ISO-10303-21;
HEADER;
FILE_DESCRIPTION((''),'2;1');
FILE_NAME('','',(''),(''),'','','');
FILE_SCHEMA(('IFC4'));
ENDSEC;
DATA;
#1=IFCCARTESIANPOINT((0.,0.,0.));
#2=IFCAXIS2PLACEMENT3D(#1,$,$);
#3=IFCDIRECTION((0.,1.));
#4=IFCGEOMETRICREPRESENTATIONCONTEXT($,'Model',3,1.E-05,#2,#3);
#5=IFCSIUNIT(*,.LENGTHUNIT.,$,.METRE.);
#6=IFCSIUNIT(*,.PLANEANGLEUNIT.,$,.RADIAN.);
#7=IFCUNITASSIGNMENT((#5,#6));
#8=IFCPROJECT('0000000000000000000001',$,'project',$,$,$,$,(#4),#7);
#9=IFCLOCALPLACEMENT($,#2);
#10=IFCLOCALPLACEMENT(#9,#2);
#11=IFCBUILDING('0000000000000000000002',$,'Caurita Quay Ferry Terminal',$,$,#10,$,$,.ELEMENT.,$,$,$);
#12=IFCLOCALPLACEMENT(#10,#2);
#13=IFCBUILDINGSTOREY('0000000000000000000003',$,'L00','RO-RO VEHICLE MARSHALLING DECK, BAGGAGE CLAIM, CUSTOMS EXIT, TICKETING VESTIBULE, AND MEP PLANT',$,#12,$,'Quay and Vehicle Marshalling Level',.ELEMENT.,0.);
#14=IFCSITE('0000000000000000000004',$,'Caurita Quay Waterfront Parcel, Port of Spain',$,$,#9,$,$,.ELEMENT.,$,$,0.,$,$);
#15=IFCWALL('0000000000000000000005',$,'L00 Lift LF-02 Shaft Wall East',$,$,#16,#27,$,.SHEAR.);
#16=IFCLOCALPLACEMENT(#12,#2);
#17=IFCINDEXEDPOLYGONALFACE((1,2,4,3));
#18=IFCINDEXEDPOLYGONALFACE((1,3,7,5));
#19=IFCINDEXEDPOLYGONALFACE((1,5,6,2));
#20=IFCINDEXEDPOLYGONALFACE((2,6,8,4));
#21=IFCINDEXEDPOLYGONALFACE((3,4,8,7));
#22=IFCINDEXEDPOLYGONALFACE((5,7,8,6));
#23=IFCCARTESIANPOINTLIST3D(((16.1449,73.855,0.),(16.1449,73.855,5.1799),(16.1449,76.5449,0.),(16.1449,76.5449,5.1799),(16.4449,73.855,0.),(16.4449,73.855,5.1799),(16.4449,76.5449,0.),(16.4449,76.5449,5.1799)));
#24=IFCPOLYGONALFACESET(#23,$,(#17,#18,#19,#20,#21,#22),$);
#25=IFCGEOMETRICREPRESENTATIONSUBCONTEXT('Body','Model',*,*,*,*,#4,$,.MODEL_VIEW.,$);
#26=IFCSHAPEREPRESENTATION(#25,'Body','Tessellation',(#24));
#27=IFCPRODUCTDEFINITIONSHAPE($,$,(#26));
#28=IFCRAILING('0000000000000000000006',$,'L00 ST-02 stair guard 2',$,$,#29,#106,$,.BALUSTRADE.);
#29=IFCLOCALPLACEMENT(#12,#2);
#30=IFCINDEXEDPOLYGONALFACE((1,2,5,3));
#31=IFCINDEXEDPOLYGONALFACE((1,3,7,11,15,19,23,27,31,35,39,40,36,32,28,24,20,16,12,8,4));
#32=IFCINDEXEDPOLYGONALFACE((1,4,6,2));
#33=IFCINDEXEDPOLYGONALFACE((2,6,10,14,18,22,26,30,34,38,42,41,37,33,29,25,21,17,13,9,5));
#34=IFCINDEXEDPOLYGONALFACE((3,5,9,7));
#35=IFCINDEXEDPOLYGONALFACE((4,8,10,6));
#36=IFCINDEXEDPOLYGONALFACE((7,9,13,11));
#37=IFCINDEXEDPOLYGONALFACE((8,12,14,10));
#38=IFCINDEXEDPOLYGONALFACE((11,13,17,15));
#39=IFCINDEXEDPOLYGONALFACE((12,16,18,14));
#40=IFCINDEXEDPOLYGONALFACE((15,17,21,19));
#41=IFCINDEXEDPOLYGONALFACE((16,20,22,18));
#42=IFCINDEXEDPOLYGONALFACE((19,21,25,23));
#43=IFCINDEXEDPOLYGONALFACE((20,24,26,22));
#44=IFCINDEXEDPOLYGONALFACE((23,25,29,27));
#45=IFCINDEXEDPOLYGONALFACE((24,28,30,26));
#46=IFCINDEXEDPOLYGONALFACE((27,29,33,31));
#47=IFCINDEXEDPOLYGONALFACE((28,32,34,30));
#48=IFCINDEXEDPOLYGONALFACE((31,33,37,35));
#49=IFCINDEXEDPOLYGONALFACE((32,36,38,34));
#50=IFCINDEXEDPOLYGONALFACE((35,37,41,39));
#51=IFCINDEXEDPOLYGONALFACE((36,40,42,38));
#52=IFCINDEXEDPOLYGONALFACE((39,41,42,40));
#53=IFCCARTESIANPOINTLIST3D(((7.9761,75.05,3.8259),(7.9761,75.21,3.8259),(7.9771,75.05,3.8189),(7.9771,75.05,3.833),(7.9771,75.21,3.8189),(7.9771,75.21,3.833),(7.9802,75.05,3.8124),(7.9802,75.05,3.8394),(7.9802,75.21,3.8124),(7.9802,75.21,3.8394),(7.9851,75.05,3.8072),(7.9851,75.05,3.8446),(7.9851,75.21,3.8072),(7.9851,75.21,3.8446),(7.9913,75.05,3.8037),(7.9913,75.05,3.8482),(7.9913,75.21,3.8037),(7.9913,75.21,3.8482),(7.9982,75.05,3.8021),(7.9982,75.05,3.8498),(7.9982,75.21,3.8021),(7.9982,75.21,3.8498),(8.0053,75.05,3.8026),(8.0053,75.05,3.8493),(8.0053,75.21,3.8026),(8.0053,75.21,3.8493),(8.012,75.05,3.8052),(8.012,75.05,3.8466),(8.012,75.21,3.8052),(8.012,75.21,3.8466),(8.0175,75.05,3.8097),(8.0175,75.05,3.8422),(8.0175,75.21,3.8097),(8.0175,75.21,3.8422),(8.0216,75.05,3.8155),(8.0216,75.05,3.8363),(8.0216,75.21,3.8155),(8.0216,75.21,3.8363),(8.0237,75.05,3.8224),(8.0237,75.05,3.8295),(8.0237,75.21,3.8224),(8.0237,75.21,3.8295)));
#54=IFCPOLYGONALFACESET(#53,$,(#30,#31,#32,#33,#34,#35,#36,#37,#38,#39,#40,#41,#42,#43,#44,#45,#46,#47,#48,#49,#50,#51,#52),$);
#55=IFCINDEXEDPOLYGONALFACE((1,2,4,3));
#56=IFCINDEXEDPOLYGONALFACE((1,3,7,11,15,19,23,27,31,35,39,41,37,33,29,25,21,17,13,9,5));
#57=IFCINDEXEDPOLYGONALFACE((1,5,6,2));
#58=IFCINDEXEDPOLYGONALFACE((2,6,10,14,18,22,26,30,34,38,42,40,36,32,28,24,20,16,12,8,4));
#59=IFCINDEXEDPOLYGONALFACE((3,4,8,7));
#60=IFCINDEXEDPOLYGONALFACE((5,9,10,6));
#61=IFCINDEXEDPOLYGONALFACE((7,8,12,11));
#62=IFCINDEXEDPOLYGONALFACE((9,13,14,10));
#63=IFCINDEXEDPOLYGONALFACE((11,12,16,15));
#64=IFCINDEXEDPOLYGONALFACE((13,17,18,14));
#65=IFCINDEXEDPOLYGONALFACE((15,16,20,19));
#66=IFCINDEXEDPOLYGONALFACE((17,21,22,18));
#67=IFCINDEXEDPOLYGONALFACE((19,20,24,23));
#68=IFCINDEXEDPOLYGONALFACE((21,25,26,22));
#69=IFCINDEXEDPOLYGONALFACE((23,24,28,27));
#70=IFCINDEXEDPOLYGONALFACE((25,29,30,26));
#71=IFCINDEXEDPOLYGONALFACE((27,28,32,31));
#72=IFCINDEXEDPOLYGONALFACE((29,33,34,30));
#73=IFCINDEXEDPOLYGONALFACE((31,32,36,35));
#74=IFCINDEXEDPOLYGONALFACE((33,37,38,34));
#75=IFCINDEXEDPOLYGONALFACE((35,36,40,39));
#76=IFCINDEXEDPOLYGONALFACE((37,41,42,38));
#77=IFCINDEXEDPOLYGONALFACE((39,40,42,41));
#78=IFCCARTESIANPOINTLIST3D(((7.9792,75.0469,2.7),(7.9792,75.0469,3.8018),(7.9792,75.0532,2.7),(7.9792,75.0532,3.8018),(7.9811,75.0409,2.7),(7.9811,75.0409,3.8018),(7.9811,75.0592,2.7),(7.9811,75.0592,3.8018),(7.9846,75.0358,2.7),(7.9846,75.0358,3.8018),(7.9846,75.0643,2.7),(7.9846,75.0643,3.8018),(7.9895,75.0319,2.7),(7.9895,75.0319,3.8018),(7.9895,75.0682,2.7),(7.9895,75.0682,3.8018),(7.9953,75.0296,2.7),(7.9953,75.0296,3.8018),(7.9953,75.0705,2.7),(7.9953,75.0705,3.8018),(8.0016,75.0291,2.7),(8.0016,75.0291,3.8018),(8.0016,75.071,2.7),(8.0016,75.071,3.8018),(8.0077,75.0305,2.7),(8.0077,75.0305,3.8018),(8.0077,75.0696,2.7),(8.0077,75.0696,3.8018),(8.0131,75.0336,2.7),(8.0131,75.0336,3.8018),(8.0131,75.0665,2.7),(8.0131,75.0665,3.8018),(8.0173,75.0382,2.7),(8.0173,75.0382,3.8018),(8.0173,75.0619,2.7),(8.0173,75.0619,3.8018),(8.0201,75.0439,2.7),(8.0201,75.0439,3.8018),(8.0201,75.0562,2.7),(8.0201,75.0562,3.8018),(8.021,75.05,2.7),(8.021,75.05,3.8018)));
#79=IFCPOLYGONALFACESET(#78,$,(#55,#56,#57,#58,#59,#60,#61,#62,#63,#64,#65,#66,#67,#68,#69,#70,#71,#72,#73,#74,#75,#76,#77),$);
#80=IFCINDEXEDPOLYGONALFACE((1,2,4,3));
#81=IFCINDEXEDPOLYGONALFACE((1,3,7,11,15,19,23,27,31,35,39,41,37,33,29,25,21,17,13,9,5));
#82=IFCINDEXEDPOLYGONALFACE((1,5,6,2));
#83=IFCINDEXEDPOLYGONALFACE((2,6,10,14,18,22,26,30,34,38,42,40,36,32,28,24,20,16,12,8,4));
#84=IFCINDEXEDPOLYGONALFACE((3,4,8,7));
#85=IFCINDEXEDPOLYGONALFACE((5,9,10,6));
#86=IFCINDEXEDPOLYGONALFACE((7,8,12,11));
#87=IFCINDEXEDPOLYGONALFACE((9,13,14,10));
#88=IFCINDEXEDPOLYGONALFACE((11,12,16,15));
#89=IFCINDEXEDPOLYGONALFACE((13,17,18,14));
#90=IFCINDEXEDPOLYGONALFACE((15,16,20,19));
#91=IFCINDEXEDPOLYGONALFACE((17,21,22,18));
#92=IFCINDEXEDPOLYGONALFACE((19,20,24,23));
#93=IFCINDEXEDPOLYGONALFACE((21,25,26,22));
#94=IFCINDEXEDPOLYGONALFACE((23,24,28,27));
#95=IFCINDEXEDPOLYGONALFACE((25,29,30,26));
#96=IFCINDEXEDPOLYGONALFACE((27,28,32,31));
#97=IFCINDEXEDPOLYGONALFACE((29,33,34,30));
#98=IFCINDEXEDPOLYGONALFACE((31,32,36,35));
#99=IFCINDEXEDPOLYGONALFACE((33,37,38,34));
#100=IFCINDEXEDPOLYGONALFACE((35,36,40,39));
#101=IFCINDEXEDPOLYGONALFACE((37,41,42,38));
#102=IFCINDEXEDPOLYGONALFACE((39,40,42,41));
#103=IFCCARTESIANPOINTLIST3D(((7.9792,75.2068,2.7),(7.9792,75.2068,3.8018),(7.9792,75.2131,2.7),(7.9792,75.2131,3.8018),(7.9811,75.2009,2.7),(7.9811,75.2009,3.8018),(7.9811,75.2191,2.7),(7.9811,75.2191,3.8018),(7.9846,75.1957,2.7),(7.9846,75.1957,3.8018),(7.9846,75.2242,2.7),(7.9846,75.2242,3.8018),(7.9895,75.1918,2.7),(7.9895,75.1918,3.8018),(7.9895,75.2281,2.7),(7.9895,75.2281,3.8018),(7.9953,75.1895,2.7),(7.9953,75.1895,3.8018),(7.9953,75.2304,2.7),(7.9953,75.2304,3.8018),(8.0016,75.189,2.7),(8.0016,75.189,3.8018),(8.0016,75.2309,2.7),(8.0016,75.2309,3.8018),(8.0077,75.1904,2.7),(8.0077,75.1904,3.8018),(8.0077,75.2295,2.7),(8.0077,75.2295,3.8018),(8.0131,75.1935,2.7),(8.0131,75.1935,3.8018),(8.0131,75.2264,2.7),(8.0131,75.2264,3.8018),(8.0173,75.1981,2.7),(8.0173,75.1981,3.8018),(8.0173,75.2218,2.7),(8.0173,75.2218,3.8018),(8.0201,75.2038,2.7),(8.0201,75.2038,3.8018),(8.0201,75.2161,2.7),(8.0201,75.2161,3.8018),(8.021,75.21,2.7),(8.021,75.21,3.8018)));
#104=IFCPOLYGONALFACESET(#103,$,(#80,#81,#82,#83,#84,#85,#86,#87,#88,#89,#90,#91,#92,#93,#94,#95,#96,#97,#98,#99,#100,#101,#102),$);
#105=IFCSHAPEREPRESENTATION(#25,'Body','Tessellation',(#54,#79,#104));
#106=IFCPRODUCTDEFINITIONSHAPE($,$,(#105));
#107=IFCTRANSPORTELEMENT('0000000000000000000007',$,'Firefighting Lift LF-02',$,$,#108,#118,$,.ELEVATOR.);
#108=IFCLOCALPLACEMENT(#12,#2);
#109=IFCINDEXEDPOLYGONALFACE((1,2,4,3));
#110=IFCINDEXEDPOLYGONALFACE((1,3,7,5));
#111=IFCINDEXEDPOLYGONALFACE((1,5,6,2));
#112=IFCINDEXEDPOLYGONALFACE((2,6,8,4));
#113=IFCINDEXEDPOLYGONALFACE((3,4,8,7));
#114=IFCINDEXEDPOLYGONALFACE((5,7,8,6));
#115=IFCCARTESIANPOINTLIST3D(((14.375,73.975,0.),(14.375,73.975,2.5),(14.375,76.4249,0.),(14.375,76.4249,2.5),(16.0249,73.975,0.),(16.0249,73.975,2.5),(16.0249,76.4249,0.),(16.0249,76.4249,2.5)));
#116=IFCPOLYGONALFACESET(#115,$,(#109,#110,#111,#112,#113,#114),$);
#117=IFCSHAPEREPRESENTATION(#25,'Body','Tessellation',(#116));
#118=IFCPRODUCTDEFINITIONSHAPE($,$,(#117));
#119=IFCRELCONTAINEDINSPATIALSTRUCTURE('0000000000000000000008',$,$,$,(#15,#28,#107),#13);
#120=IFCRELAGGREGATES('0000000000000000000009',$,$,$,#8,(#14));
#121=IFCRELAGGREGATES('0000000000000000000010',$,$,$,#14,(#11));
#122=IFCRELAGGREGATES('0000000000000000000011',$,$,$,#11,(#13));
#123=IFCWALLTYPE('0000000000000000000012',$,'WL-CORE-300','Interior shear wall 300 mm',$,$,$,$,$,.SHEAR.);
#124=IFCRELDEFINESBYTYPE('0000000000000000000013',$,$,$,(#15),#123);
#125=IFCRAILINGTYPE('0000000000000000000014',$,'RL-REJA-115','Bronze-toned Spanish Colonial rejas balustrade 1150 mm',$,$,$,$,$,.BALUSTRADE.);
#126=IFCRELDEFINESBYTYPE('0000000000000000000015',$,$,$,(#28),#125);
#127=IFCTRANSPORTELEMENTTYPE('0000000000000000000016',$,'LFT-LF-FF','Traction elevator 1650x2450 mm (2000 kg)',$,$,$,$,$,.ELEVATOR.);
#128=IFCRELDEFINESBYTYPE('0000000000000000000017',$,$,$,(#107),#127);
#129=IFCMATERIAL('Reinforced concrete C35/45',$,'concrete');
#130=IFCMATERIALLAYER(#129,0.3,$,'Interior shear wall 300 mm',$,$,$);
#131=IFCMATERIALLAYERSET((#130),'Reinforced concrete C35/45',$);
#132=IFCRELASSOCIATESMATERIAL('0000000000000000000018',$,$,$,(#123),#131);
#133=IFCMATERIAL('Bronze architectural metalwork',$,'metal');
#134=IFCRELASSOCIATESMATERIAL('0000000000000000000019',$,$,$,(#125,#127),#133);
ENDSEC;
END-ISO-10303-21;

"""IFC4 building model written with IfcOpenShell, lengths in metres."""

from ifc_helpers import new_model, si_unit, direction, frame, frame_2d, origin, origin_2d, place, context, subcontext, project, spatial, rectangle, circle, extrude, material, layer, layer_set, type_object, element, save


model = new_model("IFC4")

# Units and contexts
model_context = context("Model", 3, precision=1e-05, world=origin(), true_north=direction((0.0, 1.0)))
body_context = subcontext(model_context, "Body", "Model", "MODEL_VIEW")
ifc_project = project(units=[si_unit("LENGTHUNIT", "METRE"), si_unit("PLANEANGLEUNIT", "RADIAN")], contexts=[model_context])

# Site, building, storey
site_placement = place(None, origin())
site = spatial("IfcSite", under=ifc_project, at=site_placement, Name="Caurita Quay Waterfront Parcel, Port of Spain", CompositionType="ELEMENT", RefElevation=0.0)
building_placement = place(site_placement, origin())
building = spatial("IfcBuilding", under=site, at=building_placement, Name="Caurita Quay Ferry Terminal", CompositionType="ELEMENT")
storey_placement = place(building_placement, origin())
storey = spatial("IfcBuildingStorey", under=building, at=storey_placement, Name="L00", Description="RO-RO VEHICLE MARSHALLING DECK, BAGGAGE CLAIM, CUSTOMS EXIT, TICKETING VESTIBULE, AND MEP PLANT", LongName="Quay and Vehicle Marshalling Level", CompositionType="ELEMENT", Elevation=0.0)

# Shared definitions
ifc_material_1 = material(Name="Reinforced concrete C35/45", Category="concrete")
ifc_layer_1 = layer(ifc_material_1, 0.3, Name="Interior shear wall 300 mm")
ifc_layer_set_1 = layer_set([ifc_layer_1], Name="Reinforced concrete C35/45")
wall_type_1 = type_object("IfcWallType", Name="WL-CORE-300", Description="Interior shear wall 300 mm", PredefinedType="SHEAR", material=ifc_layer_set_1)

# Shared definitions
ifc_material_2 = material(Name="Bronze architectural metalwork", Category="metal")

# Wall
for number, where, z_axis, x_axis, name in (
    (1, (16.2949, 73.855, 0.0), (0.0, 0.0, 1.0), (0.0, 1.0, 0.0), "L00 Lift LF-02 Shaft Wall East"),
):
    element("IfcWall", number, at=place(storey_placement, frame(where, z_axis=z_axis, x_axis=x_axis)), inside=storey, type_object=wall_type_1, Name=name, PredefinedType="SHEAR", context=body_context, shape_type="SweptSolid", body=[
        extrude(rectangle(XDim=2.6899, YDim=0.3, at=frame_2d((1.345, 0.0))), origin(), (0.0, 0.0, 1.0), 5.1799),
    ])

# Railing
railing_type = type_object("IfcRailingType", Name="RL-REJA-115", Description="Bronze-toned Spanish Colonial rejas balustrade 1150 mm", PredefinedType="BALUSTRADE", material=ifc_material_2)
railing_placement = place(storey_placement, frame((8.0, 75.05, 2.7)))
element("IfcRailing", 2, at=railing_placement, inside=storey, type_object=railing_type, Name="L00 ST-02 stair guard 2", PredefinedType="BALUSTRADE", context=body_context, shape_type="SweptSolid", body=[
    extrude(circle(Radius=0.0239, at=origin_2d()), frame((0.0, 0.0, 1.126), z_axis=(0.0, 1.0, 0.0), x_axis=(-1.0, 0.0, 0.0)), (0.0, 0.0, 1.0), 0.1599),
    extrude(circle(Radius=0.021, at=origin_2d()), origin(), (0.0, 0.0, 1.0), 1.1018),
    extrude(circle(Radius=0.021, at=origin_2d()), frame((0.0, 0.1599, 0.0)), (0.0, 0.0, 1.0), 1.1018),
])

# Transport element
transport_element_type = type_object("IfcTransportElementType", Name="LFT-LF-FF", Description="Traction elevator 1650x2450 mm (2000 kg)", PredefinedType="ELEVATOR", material=ifc_material_2)
transport_element_placement = place(storey_placement, frame((15.2, 75.2, 0.0), z_axis=(0.0, 0.0, 1.0), x_axis=(1.0, 0.0, 0.0)))
element("IfcTransportElement", 3, at=transport_element_placement, inside=storey, type_object=transport_element_type, Name="Firefighting Lift LF-02", PredefinedType="ELEVATOR", context=body_context, shape_type="SweptSolid", body=[
    extrude(rectangle(XDim=1.6499, YDim=2.45, at=origin_2d()), origin(), (0.0, 0.0, 1.0), 2.5),
])

save(model, "model.ifc")
